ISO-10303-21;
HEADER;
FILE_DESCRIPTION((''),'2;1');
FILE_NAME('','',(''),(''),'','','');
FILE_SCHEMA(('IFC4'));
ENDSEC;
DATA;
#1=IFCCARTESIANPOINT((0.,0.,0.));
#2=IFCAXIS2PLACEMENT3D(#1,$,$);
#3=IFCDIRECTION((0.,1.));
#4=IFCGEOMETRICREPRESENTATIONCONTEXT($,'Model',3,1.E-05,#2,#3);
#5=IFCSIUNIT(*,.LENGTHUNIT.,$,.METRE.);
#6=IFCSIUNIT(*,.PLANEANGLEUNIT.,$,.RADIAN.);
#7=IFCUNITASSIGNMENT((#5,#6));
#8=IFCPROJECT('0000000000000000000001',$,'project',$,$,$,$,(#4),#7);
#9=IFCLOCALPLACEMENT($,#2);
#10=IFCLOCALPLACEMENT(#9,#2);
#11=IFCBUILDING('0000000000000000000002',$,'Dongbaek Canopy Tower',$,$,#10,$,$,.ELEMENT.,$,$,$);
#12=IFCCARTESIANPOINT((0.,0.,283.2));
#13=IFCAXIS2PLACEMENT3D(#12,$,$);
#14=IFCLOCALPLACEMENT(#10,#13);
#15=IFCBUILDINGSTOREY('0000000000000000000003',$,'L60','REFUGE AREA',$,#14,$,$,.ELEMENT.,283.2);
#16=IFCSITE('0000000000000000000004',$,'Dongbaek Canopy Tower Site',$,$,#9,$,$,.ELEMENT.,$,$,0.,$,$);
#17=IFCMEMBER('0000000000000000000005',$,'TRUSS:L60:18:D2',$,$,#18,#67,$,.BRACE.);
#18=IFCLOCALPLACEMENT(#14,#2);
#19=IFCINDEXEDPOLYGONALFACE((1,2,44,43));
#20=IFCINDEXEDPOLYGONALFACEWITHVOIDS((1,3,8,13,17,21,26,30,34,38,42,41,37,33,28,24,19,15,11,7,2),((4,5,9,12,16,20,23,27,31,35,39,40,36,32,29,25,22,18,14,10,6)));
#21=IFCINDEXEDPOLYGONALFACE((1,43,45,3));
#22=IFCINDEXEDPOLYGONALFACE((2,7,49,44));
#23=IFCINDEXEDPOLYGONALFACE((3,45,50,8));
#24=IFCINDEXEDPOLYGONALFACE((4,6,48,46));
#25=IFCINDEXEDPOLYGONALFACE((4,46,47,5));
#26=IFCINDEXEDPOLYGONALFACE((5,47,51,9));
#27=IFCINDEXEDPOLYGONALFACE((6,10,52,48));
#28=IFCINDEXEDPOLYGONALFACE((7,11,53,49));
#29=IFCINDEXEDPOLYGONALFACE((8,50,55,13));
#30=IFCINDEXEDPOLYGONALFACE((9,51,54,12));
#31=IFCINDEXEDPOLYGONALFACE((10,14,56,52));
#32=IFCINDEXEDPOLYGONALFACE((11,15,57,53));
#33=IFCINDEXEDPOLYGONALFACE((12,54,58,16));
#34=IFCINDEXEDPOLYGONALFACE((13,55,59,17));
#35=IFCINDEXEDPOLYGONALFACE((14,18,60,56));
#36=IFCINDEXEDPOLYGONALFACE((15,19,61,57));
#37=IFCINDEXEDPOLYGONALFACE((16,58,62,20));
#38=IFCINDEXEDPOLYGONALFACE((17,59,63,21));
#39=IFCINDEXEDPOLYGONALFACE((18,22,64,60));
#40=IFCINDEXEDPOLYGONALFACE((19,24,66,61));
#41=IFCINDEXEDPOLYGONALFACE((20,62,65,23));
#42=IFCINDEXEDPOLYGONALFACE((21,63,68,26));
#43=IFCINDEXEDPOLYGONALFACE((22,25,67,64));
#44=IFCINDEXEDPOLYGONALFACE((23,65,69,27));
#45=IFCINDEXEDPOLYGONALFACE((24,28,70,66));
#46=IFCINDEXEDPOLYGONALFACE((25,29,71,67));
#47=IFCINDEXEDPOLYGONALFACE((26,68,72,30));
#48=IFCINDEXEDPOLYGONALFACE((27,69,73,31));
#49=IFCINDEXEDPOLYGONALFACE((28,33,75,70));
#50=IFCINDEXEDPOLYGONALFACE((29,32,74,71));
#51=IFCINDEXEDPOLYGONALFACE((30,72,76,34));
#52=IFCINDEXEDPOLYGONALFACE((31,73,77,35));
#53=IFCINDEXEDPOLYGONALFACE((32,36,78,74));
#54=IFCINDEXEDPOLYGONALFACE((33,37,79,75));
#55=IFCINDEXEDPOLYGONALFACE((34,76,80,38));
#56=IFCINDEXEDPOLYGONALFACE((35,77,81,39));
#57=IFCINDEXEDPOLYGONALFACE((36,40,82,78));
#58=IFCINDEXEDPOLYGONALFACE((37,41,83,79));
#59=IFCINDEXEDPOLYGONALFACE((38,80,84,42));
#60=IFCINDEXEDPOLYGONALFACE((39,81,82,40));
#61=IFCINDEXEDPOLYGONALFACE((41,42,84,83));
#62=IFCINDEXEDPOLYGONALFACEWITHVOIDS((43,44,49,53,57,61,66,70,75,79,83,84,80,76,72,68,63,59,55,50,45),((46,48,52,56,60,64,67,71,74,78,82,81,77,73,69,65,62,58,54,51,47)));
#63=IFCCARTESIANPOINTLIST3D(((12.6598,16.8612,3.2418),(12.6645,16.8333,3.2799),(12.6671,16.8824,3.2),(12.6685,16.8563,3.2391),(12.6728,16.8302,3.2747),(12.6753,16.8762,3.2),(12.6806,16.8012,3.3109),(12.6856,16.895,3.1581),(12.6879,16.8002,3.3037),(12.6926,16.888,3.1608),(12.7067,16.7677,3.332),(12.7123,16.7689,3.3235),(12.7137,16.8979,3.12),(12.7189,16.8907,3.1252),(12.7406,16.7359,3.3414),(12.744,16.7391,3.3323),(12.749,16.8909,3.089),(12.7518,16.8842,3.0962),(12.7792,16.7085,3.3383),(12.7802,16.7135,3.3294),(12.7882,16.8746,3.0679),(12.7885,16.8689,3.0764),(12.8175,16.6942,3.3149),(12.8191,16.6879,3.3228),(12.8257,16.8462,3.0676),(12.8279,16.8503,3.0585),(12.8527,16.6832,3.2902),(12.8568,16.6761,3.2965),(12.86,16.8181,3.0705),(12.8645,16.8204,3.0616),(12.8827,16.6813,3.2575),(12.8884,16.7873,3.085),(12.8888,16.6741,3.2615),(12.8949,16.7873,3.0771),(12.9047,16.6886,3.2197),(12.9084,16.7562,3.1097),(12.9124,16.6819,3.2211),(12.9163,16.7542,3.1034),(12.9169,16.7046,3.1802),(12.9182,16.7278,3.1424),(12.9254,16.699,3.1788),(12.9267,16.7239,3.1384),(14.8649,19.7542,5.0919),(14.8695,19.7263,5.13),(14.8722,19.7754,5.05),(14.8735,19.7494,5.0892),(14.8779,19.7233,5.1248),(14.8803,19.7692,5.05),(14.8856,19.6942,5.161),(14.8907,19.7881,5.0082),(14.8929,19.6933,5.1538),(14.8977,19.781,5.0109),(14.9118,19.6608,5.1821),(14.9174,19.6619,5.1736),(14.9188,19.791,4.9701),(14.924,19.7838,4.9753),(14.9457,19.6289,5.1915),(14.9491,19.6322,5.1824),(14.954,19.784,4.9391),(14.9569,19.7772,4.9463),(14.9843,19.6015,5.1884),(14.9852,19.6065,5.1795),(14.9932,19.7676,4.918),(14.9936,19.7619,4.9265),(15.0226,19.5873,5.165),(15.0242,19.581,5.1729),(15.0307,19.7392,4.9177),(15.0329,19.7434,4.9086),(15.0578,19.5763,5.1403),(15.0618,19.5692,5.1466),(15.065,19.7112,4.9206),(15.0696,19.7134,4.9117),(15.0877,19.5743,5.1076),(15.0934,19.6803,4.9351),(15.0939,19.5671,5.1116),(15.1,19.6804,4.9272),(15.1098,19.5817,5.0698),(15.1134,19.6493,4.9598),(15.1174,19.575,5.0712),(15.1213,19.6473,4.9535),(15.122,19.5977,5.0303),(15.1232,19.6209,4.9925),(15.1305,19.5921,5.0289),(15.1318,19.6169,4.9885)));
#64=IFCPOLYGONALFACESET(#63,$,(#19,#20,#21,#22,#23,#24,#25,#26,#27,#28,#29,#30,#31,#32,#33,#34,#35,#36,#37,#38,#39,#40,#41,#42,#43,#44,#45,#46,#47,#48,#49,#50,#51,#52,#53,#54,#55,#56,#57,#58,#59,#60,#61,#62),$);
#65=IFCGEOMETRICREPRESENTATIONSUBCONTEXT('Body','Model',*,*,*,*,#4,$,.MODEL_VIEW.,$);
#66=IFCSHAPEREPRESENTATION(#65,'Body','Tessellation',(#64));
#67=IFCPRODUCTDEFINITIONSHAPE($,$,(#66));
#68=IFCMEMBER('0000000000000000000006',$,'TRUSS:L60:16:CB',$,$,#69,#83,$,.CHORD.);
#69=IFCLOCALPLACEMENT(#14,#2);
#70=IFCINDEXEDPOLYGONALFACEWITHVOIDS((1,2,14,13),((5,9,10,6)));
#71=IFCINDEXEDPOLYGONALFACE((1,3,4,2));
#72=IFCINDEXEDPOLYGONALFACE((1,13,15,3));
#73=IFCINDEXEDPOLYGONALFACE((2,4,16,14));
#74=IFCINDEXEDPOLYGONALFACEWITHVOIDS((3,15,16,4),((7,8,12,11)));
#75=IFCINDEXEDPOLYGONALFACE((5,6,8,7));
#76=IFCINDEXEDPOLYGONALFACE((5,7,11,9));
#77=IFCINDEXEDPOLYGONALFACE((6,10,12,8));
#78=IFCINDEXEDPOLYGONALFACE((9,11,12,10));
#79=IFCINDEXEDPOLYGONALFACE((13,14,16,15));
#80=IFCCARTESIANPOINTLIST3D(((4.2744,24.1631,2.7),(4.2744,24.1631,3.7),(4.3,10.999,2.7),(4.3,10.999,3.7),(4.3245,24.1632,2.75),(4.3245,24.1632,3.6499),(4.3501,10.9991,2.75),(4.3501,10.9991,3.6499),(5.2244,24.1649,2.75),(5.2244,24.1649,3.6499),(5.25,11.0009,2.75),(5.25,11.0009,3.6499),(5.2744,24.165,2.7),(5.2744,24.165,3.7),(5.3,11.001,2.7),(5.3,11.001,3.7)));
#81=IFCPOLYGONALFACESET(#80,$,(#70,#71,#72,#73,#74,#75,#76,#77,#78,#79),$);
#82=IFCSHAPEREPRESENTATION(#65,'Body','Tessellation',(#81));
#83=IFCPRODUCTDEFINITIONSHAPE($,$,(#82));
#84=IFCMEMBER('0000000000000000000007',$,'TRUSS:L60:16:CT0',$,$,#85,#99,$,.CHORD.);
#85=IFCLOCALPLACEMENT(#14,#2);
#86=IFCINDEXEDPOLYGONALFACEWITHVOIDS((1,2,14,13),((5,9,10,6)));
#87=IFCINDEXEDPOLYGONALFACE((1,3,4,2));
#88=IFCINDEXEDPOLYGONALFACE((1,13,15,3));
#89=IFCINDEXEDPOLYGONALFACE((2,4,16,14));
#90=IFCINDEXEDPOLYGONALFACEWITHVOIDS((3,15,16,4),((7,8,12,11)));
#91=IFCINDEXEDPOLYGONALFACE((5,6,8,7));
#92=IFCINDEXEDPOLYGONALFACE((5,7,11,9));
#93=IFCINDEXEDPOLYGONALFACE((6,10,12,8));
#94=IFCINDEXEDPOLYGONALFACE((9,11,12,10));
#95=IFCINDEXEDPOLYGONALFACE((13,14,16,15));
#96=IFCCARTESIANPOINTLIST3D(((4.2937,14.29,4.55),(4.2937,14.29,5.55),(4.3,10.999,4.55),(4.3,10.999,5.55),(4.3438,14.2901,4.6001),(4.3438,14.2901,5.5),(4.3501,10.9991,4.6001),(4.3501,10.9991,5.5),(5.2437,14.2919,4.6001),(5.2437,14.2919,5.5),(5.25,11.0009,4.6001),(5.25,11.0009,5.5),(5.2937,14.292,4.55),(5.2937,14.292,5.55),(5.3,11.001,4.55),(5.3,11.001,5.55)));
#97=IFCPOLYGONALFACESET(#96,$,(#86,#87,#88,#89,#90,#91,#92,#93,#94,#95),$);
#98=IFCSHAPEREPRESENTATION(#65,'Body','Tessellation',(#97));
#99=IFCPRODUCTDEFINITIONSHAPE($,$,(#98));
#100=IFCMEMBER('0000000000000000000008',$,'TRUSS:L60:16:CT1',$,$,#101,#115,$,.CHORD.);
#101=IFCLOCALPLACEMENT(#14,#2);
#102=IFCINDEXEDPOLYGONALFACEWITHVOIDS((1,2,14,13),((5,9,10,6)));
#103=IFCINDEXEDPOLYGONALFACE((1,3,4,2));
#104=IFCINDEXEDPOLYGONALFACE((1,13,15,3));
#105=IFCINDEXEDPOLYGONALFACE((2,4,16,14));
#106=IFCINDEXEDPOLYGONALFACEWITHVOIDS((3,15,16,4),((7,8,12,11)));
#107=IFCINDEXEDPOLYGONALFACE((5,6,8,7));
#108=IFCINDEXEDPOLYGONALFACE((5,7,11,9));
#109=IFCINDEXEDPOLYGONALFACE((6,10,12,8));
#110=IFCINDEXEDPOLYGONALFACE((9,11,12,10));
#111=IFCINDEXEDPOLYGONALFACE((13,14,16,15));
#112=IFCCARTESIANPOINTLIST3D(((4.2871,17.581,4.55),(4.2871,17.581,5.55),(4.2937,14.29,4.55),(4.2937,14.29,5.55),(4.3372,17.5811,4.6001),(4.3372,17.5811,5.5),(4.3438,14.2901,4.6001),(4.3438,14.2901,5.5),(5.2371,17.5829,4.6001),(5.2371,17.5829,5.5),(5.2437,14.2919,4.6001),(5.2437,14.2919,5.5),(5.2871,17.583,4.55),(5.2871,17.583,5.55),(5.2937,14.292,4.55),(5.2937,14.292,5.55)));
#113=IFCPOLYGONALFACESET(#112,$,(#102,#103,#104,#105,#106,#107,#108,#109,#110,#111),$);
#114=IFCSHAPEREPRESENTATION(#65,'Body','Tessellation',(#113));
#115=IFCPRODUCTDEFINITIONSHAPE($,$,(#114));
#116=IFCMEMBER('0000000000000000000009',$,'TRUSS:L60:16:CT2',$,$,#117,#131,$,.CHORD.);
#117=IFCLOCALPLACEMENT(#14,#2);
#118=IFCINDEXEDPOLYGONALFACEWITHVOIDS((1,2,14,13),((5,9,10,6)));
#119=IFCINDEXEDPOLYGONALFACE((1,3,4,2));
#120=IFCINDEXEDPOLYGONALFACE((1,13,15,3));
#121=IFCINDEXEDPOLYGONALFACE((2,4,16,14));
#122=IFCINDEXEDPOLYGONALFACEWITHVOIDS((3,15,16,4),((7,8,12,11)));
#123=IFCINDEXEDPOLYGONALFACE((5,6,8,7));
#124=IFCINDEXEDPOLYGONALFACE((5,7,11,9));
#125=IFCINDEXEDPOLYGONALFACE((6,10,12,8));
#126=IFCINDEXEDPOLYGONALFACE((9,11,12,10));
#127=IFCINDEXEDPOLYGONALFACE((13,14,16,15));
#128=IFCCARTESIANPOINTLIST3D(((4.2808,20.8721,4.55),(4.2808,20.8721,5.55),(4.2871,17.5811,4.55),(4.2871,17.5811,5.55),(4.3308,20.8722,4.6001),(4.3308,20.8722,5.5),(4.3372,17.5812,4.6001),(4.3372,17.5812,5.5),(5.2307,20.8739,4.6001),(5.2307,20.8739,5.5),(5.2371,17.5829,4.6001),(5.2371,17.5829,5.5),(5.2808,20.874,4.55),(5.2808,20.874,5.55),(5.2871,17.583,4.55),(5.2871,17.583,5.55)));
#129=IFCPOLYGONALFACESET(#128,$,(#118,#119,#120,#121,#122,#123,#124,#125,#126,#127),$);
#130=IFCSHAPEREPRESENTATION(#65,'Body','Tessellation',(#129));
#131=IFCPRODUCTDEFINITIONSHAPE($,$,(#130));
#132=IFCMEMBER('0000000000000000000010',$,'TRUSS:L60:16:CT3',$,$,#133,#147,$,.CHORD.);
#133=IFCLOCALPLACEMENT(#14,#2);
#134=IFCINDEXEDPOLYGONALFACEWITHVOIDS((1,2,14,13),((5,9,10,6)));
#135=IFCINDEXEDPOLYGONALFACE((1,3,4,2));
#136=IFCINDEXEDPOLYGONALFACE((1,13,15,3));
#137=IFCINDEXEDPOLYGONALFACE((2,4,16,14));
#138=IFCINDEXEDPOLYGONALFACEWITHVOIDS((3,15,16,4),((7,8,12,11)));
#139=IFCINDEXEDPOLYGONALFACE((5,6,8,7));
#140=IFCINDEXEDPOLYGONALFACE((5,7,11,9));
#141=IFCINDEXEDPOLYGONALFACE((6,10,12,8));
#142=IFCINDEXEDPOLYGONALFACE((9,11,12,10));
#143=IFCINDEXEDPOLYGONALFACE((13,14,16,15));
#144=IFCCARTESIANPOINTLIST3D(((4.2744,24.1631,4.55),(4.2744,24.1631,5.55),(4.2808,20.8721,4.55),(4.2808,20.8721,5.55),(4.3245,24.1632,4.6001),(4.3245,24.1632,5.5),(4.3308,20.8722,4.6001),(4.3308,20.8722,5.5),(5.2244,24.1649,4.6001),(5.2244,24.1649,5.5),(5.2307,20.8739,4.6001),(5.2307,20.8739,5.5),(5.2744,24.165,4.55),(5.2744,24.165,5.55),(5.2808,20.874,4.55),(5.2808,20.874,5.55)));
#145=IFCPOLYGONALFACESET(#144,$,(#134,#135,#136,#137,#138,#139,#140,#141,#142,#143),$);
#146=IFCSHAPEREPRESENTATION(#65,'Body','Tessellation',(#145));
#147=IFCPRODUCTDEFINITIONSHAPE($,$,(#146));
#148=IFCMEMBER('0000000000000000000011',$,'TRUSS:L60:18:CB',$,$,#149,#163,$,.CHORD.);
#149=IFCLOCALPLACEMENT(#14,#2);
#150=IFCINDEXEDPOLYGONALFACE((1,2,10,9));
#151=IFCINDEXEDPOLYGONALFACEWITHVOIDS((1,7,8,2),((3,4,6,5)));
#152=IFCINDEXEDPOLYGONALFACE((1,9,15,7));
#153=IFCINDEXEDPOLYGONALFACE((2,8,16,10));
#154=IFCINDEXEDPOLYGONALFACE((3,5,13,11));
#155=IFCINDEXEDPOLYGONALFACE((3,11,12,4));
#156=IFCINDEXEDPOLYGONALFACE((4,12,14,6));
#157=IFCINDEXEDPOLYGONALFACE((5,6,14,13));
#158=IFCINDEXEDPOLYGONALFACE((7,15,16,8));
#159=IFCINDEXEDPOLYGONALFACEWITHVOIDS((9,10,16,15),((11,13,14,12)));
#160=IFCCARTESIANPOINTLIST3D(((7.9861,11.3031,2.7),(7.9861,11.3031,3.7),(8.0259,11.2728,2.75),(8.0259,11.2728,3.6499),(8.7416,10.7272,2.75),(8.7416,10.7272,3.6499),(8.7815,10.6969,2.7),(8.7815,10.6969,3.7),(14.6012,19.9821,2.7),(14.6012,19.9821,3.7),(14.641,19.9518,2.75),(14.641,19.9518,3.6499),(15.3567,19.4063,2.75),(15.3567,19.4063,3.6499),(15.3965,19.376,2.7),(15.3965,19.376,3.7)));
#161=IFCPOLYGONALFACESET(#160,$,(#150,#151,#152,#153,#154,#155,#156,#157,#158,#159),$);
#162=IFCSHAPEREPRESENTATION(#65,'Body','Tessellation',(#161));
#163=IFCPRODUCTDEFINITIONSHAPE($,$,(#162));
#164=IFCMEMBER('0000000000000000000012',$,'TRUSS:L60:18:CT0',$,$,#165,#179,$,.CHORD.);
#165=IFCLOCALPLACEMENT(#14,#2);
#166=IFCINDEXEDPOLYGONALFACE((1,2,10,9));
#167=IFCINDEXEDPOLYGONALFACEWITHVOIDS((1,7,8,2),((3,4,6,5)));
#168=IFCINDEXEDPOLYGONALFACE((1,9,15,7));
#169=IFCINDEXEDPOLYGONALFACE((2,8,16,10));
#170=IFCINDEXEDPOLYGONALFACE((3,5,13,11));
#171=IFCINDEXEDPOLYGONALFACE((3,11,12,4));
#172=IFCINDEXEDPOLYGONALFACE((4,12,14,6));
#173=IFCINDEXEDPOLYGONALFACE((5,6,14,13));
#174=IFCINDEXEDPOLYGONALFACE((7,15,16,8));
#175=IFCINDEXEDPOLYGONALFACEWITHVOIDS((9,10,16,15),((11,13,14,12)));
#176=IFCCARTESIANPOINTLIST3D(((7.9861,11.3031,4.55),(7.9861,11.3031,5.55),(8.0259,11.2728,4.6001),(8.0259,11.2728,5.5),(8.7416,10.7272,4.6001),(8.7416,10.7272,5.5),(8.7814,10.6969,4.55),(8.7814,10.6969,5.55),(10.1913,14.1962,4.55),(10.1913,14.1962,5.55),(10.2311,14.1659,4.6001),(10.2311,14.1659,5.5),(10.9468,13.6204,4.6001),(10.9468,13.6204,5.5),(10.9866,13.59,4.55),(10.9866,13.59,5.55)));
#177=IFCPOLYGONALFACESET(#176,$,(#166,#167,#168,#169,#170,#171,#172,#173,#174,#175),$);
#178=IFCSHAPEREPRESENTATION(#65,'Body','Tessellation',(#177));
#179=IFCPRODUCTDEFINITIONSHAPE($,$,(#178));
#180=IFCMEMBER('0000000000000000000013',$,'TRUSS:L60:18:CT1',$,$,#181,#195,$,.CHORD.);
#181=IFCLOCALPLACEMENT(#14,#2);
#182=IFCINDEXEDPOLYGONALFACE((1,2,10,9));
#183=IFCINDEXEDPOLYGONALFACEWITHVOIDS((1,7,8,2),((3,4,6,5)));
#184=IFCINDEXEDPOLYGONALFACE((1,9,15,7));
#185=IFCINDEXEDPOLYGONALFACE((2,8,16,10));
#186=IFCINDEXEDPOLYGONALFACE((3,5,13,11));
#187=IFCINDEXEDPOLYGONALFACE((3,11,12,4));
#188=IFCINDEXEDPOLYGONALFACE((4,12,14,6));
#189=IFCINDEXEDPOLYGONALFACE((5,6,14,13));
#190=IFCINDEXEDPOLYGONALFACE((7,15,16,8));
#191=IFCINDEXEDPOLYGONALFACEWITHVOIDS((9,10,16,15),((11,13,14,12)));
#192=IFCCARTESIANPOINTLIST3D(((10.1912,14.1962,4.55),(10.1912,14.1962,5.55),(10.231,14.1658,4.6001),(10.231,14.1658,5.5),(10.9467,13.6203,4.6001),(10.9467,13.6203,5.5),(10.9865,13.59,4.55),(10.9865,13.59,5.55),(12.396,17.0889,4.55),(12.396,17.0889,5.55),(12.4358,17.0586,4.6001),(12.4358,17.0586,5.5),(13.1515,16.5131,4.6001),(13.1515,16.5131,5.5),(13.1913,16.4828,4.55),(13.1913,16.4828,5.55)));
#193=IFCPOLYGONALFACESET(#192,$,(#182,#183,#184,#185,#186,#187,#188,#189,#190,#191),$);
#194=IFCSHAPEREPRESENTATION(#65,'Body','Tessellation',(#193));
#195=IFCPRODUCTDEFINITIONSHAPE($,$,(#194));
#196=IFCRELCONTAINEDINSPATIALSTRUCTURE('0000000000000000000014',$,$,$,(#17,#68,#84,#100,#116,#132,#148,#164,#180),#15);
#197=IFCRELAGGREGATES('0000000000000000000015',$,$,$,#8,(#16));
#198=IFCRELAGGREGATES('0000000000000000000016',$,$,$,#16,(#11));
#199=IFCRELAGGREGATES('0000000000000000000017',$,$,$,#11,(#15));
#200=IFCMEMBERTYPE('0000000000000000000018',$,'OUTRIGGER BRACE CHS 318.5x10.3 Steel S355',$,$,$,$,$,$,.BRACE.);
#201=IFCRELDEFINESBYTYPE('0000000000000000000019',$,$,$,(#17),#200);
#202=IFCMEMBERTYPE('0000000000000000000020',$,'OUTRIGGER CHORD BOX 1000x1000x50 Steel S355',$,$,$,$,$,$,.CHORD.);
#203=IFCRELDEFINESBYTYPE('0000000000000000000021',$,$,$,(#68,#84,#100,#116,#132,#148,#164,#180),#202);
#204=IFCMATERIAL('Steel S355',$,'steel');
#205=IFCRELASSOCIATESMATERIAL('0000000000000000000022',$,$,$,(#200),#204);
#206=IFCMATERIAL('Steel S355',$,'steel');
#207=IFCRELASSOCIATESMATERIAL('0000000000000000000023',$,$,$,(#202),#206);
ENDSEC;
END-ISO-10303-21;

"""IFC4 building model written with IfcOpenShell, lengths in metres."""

from ifc_helpers import new_model, si_unit, direction, frame, origin, origin_2d, place, context, subcontext, project, spatial, hollow_rectangle, hollow_circle, extrude, material, material_profile, profile_set, type_object, element, save


model = new_model("IFC4")

# Units and contexts
model_context = context("Model", 3, precision=1e-05, world=origin(), true_north=direction((0.0, 1.0)))
body_context = subcontext(model_context, "Body", "Model", "MODEL_VIEW")
ifc_project = project(units=[si_unit("LENGTHUNIT", "METRE"), si_unit("PLANEANGLEUNIT", "RADIAN")], contexts=[model_context])

# Site, building, storey
site_placement = place(None, origin())
site = spatial("IfcSite", under=ifc_project, at=site_placement, Name="Dongbaek Canopy Tower Site", CompositionType="ELEMENT", RefElevation=0.0)
building_placement = place(site_placement, origin())
building = spatial("IfcBuilding", under=site, at=building_placement, Name="Dongbaek Canopy Tower", CompositionType="ELEMENT")
storey_placement = place(building_placement, frame((0.0, 0.0, 283.2)))
storey = spatial("IfcBuildingStorey", under=building, at=storey_placement, Name="L60", Description="REFUGE AREA", CompositionType="ELEMENT", Elevation=283.2)

# Members
ifc_material_1 = material(Name="Steel S355", Category="steel")
ifc_material_profile_1 = material_profile(ifc_material_1, hollow_circle(Radius=0.1592, WallThickness=0.0103, at=origin_2d()), Name="OUTRIGGER BRACE CHS 318.5x10.3 Steel S355")
ifc_profile_set_1 = profile_set([ifc_material_profile_1], Name="Steel S355")
member_type_1 = type_object("IfcMemberType", Name="OUTRIGGER BRACE CHS 318.5x10.3 Steel S355", PredefinedType="BRACE", material=ifc_profile_set_1)
member_1_placement = place(storey_placement, frame((12.7937, 16.7859, 3.2), z_axis=(0.54032, 0.7089, 0.453337), x_axis=(-0.795321, 0.606189, 0.0)))
element("IfcMember", 1, at=member_1_placement, inside=storey, type_object=member_type_1, Name="TRUSS:L60:18:D2", PredefinedType="BRACE", context=body_context, shape_type="SweptSolid", body=[
    extrude(hollow_circle(Radius=0.1592, WallThickness=0.0103, at=origin_2d()), origin(), (0.0, 0.0, 1.0), 4.0811),
])
ifc_material_2 = material(Name="Steel S355", Category="steel")
ifc_material_profile_2 = material_profile(ifc_material_2, hollow_rectangle(XDim=1.0, YDim=1.0, WallThickness=0.05, at=origin_2d()), Name="OUTRIGGER CHORD BOX 1000x1000x50 Steel S355")
ifc_profile_set_2 = profile_set([ifc_material_profile_2], Name="Steel S355")
member_type_2 = type_object("IfcMemberType", Name="OUTRIGGER CHORD BOX 1000x1000x50 Steel S355", PredefinedType="CHORD", material=ifc_profile_set_2)
member_2_placement = place(storey_placement, frame((4.8, 11.0, 3.2), z_axis=(-0.001947, 0.999998, 0.0), x_axis=(-0.999998, -0.001947, 0.0)))
element("IfcMember", 2, at=member_2_placement, inside=storey, type_object=member_type_2, Name="TRUSS:L60:16:CB", PredefinedType="CHORD", context=body_context, shape_type="SweptSolid", body=[
    extrude(hollow_rectangle(XDim=1.0, YDim=1.0, WallThickness=0.05, at=origin_2d()), origin(), (0.0, 0.0, 1.0), 13.1641),
])
for number, where, z_axis, x_axis, name in (
    (3, (4.8, 11.0, 5.05), (-0.001929, 0.999998, 0.0), (-0.999998, -0.001929, 0.0), "TRUSS:L60:16:CT0"),
    (4, (4.7937, 14.291, 5.05), (-0.002003, 0.999998, 0.0), (-0.999998, -0.002003, 0.0), "TRUSS:L60:16:CT1"),
    (5, (4.7871, 17.582, 5.05), (-0.001929, 0.999998, 0.0), (-0.999998, -0.001929, 0.0), "TRUSS:L60:16:CT2"),
    (6, (4.7808, 20.873, 5.05), (-0.001929, 0.999998, 0.0), (-0.999998, -0.001929, 0.0), "TRUSS:L60:16:CT3"),
):
    element("IfcMember", number, at=place(storey_placement, frame(where, z_axis=z_axis, x_axis=x_axis)), inside=storey, type_object=member_type_2, Name=name, PredefinedType="CHORD", context=body_context, shape_type="SweptSolid", body=[
        extrude(hollow_rectangle(XDim=1.0, YDim=1.0, WallThickness=0.05, at=origin_2d()), origin(), (0.0, 0.0, 1.0), 3.291),
    ])
member_3_placement = place(storey_placement, frame((8.3838, 11.0, 3.2), z_axis=(0.606185, 0.795323, 0.0), x_axis=(-0.795323, 0.606185, 0.0)))
element("IfcMember", 7, at=member_3_placement, inside=storey, type_object=member_type_2, Name="TRUSS:L60:18:CB", PredefinedType="CHORD", context=body_context, shape_type="SweptSolid", body=[
    extrude(hollow_rectangle(XDim=1.0, YDim=1.0, WallThickness=0.05, at=origin_2d()), origin(), (0.0, 0.0, 1.0), 10.9126),
])
member_4_placement = place(storey_placement, frame((8.3838, 11.0, 5.05), z_axis=(0.606189, 0.795321, 0.0), x_axis=(-0.795321, 0.606189, 0.0)))
element("IfcMember", 8, at=member_4_placement, inside=storey, type_object=member_type_2, Name="TRUSS:L60:18:CT0", PredefinedType="CHORD", context=body_context, shape_type="SweptSolid", body=[
    extrude(hollow_rectangle(XDim=1.0, YDim=1.0, WallThickness=0.05, at=origin_2d()), origin(), (0.0, 0.0, 1.0), 3.6377),
])
member_5_placement = place(storey_placement, frame((10.5889, 13.8931, 5.05), z_axis=(0.606179, 0.795328, 0.0), x_axis=(-0.795328, 0.606179, 0.0)))
element("IfcMember", 9, at=member_5_placement, inside=storey, type_object=member_type_2, Name="TRUSS:L60:18:CT1", PredefinedType="CHORD", context=body_context, shape_type="SweptSolid", body=[
    extrude(hollow_rectangle(XDim=1.0, YDim=1.0, WallThickness=0.05, at=origin_2d()), origin(), (0.0, 0.0, 1.0), 3.6372),
])

save(model, "model.ifc")
